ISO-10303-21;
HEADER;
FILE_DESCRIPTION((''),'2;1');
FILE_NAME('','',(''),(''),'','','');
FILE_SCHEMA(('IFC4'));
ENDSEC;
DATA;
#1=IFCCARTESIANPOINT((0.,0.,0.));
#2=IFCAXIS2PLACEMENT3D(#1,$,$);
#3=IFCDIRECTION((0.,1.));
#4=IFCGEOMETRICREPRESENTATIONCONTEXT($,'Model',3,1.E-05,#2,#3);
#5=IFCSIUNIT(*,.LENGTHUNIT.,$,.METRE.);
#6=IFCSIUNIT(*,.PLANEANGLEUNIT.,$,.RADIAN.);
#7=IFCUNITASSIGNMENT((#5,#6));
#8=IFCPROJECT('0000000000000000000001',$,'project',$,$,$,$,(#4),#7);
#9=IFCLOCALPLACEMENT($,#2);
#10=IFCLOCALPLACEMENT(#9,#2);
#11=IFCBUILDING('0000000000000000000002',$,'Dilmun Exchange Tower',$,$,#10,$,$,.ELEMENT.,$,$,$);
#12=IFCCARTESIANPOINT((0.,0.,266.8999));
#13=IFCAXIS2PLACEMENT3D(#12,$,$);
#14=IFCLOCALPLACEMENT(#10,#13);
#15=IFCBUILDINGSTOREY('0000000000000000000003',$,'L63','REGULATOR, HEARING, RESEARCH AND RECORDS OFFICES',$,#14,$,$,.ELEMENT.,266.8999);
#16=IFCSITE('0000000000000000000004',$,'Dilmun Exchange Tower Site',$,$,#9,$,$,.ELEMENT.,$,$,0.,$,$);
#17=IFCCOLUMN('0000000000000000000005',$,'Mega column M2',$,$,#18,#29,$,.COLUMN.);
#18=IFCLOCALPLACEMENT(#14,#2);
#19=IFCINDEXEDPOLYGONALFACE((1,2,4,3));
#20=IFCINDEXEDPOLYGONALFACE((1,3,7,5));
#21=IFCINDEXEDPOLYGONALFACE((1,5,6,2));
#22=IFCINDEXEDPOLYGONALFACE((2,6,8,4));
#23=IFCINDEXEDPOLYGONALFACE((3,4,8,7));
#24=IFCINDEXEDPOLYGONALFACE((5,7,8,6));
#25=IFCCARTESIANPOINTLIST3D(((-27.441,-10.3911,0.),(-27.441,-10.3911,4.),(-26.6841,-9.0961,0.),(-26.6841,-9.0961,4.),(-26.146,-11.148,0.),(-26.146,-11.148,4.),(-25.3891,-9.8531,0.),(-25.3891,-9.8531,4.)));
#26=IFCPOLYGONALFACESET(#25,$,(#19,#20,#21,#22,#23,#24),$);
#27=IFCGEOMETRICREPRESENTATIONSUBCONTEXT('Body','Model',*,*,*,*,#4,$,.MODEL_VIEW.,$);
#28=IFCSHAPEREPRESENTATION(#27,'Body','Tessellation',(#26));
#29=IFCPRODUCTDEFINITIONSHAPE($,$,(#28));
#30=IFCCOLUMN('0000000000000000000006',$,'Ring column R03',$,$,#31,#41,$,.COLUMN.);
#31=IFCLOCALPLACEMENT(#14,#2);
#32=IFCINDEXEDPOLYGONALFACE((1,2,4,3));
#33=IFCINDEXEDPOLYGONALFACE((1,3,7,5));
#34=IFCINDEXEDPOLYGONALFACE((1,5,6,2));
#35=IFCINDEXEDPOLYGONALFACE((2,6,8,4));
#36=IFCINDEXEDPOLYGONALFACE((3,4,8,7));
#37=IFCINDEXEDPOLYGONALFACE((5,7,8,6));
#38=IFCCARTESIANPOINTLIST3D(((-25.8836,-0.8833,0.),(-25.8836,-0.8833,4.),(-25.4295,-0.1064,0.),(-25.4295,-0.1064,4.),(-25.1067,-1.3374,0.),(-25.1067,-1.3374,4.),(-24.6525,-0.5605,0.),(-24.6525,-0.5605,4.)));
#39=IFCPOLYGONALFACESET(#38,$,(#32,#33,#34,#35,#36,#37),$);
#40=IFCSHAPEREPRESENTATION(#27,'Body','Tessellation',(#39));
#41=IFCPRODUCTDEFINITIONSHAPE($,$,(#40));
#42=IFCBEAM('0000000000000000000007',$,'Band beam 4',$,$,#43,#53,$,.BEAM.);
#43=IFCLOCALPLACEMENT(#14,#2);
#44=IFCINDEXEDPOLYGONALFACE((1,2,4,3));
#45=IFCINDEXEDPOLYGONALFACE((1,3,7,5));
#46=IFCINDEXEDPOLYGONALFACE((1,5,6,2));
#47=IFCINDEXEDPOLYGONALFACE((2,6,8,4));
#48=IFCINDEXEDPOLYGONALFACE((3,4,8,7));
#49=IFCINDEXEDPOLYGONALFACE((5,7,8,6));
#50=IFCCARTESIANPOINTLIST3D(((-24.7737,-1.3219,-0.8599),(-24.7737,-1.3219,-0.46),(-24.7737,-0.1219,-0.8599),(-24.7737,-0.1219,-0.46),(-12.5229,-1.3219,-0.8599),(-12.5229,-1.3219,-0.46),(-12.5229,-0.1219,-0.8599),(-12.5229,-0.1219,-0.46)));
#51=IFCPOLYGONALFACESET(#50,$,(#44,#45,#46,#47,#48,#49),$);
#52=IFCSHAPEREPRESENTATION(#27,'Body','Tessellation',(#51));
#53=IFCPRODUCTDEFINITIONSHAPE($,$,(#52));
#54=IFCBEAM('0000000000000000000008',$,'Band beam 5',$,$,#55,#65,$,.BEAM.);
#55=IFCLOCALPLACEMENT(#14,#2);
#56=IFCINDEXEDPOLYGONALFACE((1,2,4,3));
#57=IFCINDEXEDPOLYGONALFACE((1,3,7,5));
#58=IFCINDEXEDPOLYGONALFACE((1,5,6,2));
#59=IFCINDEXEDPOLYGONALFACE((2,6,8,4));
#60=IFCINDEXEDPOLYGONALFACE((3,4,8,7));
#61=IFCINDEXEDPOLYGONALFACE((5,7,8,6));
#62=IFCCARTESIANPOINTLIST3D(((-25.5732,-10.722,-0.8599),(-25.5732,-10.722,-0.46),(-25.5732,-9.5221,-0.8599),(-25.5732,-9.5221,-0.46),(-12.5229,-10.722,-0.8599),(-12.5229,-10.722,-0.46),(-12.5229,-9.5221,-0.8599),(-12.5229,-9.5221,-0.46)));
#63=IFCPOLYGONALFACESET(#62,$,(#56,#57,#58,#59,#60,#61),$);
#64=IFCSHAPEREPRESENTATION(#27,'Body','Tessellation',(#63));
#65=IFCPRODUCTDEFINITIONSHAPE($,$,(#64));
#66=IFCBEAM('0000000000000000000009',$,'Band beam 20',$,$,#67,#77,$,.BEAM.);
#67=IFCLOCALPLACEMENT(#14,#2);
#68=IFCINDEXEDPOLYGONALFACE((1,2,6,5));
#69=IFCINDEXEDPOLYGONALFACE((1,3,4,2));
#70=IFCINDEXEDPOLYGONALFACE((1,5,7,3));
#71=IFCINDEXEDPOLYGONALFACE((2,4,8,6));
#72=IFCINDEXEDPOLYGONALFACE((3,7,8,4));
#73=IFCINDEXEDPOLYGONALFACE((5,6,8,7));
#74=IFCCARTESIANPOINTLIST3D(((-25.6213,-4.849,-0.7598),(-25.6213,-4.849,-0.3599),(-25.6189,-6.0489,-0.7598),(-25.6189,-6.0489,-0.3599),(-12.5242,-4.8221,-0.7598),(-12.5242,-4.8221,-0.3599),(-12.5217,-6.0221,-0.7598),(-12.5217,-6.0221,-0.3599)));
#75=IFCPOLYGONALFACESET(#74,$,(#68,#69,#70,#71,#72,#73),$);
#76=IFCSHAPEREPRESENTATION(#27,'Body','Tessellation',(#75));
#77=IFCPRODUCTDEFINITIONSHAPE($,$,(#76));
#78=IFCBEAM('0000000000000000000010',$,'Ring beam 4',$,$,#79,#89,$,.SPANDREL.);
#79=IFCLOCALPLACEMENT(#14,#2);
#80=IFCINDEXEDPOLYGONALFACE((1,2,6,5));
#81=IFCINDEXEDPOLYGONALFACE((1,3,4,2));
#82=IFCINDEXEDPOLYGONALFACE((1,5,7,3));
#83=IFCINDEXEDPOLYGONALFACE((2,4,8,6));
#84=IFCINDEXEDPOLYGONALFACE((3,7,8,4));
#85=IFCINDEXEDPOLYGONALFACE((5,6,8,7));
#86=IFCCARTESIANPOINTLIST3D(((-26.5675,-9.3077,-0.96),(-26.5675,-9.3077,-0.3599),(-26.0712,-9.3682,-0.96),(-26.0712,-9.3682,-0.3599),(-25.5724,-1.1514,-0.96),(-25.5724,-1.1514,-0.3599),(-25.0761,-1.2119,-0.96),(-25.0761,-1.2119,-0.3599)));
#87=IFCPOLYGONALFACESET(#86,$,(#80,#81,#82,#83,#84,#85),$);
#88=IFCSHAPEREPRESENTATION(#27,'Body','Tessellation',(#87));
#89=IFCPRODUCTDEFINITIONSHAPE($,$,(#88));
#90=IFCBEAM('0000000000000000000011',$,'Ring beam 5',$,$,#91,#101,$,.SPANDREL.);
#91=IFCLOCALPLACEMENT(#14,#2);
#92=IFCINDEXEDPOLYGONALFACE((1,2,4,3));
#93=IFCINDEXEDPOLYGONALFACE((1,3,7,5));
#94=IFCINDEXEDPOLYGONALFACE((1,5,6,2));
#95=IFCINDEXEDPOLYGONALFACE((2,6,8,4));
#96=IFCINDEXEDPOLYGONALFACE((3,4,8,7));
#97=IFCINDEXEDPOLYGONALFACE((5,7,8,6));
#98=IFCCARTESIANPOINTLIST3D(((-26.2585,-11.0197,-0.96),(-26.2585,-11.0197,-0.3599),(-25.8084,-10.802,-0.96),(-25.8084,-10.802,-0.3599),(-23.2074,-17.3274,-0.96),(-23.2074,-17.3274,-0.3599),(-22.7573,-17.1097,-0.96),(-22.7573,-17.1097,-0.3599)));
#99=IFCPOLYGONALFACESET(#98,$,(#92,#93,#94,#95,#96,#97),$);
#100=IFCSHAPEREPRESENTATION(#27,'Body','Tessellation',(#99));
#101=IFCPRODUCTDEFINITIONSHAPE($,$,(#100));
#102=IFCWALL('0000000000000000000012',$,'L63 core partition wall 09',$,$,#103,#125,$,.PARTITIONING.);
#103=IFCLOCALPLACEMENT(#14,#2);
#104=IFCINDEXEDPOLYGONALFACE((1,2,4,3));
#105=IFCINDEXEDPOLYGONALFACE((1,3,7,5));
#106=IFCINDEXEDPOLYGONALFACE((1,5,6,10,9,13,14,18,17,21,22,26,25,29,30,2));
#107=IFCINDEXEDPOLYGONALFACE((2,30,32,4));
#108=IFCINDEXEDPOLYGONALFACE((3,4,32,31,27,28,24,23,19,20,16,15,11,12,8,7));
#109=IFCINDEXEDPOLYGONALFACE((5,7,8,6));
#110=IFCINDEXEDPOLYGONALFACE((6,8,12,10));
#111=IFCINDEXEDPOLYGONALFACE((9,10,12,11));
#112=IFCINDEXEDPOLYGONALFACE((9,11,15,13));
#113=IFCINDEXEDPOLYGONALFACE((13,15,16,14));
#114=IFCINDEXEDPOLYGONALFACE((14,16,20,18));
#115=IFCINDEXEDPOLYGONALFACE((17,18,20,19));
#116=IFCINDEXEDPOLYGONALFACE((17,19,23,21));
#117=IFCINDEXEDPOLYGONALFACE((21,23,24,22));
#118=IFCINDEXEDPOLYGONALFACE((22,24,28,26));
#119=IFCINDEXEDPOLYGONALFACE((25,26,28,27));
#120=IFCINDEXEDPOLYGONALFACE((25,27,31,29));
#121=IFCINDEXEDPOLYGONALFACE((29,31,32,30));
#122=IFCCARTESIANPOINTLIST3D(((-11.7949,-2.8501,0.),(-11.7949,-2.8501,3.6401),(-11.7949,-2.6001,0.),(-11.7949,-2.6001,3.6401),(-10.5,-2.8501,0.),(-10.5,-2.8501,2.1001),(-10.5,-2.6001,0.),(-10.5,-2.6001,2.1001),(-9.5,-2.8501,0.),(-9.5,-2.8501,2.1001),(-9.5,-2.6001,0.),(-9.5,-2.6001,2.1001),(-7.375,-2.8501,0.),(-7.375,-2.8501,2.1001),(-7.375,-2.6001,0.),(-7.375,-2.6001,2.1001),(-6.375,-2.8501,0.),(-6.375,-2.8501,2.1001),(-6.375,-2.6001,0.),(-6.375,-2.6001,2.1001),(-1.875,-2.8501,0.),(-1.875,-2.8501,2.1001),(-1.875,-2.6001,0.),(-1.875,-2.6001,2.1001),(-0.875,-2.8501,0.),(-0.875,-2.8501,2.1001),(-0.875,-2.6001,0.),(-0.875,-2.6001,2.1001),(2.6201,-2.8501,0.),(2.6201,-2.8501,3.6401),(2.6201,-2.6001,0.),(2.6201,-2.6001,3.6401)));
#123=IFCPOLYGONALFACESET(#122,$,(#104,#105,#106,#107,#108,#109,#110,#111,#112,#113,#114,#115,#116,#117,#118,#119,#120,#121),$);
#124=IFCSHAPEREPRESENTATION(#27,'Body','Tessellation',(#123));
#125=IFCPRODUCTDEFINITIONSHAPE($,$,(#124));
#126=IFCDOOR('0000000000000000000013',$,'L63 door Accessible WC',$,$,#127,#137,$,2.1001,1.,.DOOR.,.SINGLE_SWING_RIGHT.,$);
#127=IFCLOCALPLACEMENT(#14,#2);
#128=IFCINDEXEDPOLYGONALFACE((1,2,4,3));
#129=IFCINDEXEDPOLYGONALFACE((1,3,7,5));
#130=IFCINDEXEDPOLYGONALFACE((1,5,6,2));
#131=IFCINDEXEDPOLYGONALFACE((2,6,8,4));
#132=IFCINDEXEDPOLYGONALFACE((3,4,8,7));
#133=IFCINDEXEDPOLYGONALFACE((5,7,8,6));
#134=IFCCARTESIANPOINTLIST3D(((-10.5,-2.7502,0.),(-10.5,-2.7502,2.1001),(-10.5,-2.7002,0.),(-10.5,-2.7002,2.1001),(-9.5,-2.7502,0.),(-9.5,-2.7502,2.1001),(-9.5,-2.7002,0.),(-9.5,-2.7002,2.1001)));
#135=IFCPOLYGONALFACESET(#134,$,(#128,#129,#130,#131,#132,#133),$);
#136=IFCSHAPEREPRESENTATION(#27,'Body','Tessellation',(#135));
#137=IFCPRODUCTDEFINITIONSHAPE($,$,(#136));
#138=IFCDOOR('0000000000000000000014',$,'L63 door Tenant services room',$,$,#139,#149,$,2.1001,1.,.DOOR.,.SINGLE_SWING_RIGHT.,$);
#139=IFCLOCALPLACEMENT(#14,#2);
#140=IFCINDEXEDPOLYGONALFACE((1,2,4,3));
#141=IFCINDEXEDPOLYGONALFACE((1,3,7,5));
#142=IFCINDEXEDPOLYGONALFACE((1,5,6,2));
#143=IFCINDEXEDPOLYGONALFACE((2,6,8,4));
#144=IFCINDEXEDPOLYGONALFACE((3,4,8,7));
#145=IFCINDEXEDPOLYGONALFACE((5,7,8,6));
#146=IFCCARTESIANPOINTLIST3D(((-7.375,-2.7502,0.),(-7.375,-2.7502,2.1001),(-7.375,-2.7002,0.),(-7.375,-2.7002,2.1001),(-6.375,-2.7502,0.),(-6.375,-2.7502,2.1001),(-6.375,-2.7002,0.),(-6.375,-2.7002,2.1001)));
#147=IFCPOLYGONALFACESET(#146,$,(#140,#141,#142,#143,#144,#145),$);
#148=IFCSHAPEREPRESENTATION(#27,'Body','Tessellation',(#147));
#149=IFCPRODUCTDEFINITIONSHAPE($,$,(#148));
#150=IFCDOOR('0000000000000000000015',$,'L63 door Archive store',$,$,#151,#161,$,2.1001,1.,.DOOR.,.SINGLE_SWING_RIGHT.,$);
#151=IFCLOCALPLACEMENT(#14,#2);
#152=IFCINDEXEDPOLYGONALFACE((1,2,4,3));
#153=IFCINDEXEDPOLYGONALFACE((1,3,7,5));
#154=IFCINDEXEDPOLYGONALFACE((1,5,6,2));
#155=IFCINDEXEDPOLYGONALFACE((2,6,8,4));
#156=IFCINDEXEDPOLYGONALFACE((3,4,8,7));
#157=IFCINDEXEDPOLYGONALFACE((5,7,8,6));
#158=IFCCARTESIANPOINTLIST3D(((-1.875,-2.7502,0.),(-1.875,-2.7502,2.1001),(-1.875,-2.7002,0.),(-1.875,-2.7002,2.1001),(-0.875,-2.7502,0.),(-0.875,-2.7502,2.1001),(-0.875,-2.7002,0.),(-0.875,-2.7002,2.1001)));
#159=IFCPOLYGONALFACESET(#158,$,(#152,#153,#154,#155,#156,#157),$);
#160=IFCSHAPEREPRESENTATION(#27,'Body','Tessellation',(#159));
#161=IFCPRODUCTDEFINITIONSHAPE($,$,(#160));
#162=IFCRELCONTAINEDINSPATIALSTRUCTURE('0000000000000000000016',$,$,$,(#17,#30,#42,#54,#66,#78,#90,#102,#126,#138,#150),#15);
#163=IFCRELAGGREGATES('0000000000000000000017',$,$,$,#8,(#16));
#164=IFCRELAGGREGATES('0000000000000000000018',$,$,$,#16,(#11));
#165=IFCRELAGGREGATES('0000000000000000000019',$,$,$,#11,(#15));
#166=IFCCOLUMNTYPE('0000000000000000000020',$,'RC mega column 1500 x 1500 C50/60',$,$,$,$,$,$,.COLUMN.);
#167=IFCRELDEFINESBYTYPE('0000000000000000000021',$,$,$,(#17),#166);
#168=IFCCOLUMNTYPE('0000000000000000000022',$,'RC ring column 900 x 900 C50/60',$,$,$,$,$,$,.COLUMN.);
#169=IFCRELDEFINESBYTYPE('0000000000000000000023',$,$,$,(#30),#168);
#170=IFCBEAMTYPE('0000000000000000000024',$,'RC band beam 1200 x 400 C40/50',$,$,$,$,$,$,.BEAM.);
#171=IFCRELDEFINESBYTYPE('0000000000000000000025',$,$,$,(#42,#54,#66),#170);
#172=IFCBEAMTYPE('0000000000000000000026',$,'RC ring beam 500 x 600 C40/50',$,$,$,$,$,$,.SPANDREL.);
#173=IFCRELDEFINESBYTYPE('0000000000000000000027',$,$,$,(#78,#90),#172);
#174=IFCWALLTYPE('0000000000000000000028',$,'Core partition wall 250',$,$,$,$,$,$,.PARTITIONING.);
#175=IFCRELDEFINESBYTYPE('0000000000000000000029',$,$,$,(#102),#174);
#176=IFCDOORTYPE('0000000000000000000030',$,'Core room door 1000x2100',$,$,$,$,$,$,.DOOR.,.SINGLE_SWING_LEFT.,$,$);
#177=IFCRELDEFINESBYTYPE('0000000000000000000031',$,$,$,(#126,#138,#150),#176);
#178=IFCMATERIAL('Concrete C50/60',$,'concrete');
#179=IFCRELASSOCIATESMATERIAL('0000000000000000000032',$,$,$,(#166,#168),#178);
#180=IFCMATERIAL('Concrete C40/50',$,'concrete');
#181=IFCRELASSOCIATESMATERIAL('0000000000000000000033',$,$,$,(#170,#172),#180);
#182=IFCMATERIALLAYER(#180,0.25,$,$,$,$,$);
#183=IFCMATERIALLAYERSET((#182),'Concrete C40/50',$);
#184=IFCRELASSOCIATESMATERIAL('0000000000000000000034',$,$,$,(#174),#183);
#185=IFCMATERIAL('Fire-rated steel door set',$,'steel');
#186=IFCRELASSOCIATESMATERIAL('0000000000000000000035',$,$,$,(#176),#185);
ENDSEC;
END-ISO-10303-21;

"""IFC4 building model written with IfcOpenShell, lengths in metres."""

from ifc_helpers import new_model, si_unit, direction, frame, frame_2d, origin, origin_2d, place, context, subcontext, project, spatial, rectangle, extrude, material, layer, layer_set, material_profile, profile_set, type_object, element, fill, save


model = new_model("IFC4")

# Units and contexts
model_context = context("Model", 3, precision=1e-05, world=origin(), true_north=direction((0.0, 1.0)))
body_context = subcontext(model_context, "Body", "Model", "MODEL_VIEW")
ifc_project = project(units=[si_unit("LENGTHUNIT", "METRE"), si_unit("PLANEANGLEUNIT", "RADIAN")], contexts=[model_context])

# Site, building, storey
site_placement = place(None, origin())
site = spatial("IfcSite", under=ifc_project, at=site_placement, Name="Dilmun Exchange Tower Site", CompositionType="ELEMENT", RefElevation=0.0)
building_placement = place(site_placement, origin())
building = spatial("IfcBuilding", under=site, at=building_placement, Name="Dilmun Exchange Tower", CompositionType="ELEMENT")
storey_placement = place(building_placement, frame((0.0, 0.0, 266.8999)))
storey = spatial("IfcBuildingStorey", under=building, at=storey_placement, Name="L63", Description="REGULATOR, HEARING, RESEARCH AND RECORDS OFFICES", CompositionType="ELEMENT", Elevation=266.8999)

# Columns
ifc_material_1 = material(Name="Concrete C50/60", Category="concrete")
ifc_material_profile_1 = material_profile(ifc_material_1, rectangle(XDim=1.5, YDim=1.5, at=origin_2d()), Name="1500 x 1500")
ifc_profile_set_1 = profile_set([ifc_material_profile_1], Name="Concrete C50/60")
column_type_1 = type_object("IfcColumnType", Name="RC mega column 1500 x 1500 C50/60", PredefinedType="COLUMN", material=ifc_profile_set_1)
column_1_placement = place(storey_placement, frame((-26.415, -10.1221, 0.0), z_axis=(0.0, 0.0, 1.0), x_axis=(0.504644, 0.863328, 0.0)))
element("IfcColumn", 1, at=column_1_placement, inside=storey, type_object=column_type_1, Name="Mega column M2", PredefinedType="COLUMN", context=body_context, shape_type="SweptSolid", body=[
    extrude(rectangle(XDim=1.5, YDim=1.5, at=origin_2d()), origin(), (0.0, 0.0, 1.0), 4.0),
])
ifc_material_profile_2 = material_profile(ifc_material_1, rectangle(XDim=0.8999, YDim=0.8999, at=origin_2d()), Name="900 x 900")
ifc_profile_set_2 = profile_set([ifc_material_profile_2], Name="Concrete C50/60")
column_type_2 = type_object("IfcColumnType", Name="RC ring column 900 x 900 C50/60", PredefinedType="COLUMN", material=ifc_profile_set_2)
column_2_placement = place(storey_placement, frame((-25.2681, -0.7219, 0.0), z_axis=(0.0, 0.0, 1.0), x_axis=(0.504644, 0.863328, 0.0)))
element("IfcColumn", 2, at=column_2_placement, inside=storey, type_object=column_type_2, Name="Ring column R03", PredefinedType="COLUMN", context=body_context, shape_type="SweptSolid", body=[
    extrude(rectangle(XDim=0.8999, YDim=0.8999, at=origin_2d()), origin(), (0.0, 0.0, 1.0), 4.0),
])

# Beams
ifc_material_2 = material(Name="Concrete C40/50", Category="concrete")
ifc_material_profile_3 = material_profile(ifc_material_2, rectangle(XDim=1.2, YDim=0.3999, at=origin_2d()), Name="1200 x 400")
ifc_profile_set_3 = profile_set([ifc_material_profile_3], Name="Concrete C40/50")
beam_type_1 = type_object("IfcBeamType", Name="RC band beam 1200 x 400 C40/50", PredefinedType="BEAM", material=ifc_profile_set_3)
beam_1_placement = place(storey_placement, frame((-24.7737, -0.7219, -0.6599), z_axis=(1.0, 0.0, 0.0), x_axis=(0.0, 1.0, 0.0)))
element("IfcBeam", 3, at=beam_1_placement, inside=storey, type_object=beam_type_1, Name="Band beam 4", PredefinedType="BEAM", context=body_context, shape_type="SweptSolid", body=[
    extrude(rectangle(XDim=1.2, YDim=0.3999, at=origin_2d()), origin(), (0.0, 0.0, 1.0), 12.2507),
])
beam_2_placement = place(storey_placement, frame((-25.5732, -10.1221, -0.6599), z_axis=(1.0, 0.0, 0.0), x_axis=(0.0, 1.0, 0.0)))
element("IfcBeam", 4, at=beam_2_placement, inside=storey, type_object=beam_type_1, Name="Band beam 5", PredefinedType="BEAM", context=body_context, shape_type="SweptSolid", body=[
    extrude(rectangle(XDim=1.2, YDim=0.3999, at=origin_2d()), origin(), (0.0, 0.0, 1.0), 13.0503),
])
beam_3_placement = place(storey_placement, frame((-25.6201, -5.449, -0.5598), z_axis=(0.999998, 0.00205, 0.0), x_axis=(-0.00205, 0.999998, 0.0)))
element("IfcBeam", 5, at=beam_3_placement, inside=storey, type_object=beam_type_1, Name="Band beam 20", PredefinedType="BEAM", context=body_context, shape_type="SweptSolid", body=[
    extrude(rectangle(XDim=1.2, YDim=0.3999, at=origin_2d()), origin(), (0.0, 0.0, 1.0), 13.0972),
])
ifc_material_profile_4 = material_profile(ifc_material_2, rectangle(XDim=0.5, YDim=0.6001, at=origin_2d()), Name="500 x 600")
ifc_profile_set_4 = profile_set([ifc_material_profile_4], Name="Concrete C40/50")
beam_type_2 = type_object("IfcBeamType", Name="RC ring beam 500 x 600 C40/50", PredefinedType="SPANDREL", material=ifc_profile_set_4)
beam_4_placement = place(storey_placement, frame((-25.3242, -1.1816, -0.6599), z_axis=(-0.121109, -0.992639, 0.0), x_axis=(0.992639, -0.121109, 0.0)))
element("IfcBeam", 6, at=beam_4_placement, inside=storey, type_object=beam_type_2, Name="Ring beam 4", PredefinedType="SPANDREL", context=body_context, shape_type="SweptSolid", body=[
    extrude(rectangle(XDim=0.5, YDim=0.6001, at=origin_2d()), origin(), (0.0, 0.0, 1.0), 8.2168),
])
beam_5_placement = place(storey_placement, frame((-26.0334, -10.9109, -0.6599), z_axis=(0.43544, -0.900218, 0.0), x_axis=(0.900218, 0.43544, 0.0)))
element("IfcBeam", 7, at=beam_5_placement, inside=storey, type_object=beam_type_2, Name="Ring beam 5", PredefinedType="SPANDREL", context=body_context, shape_type="SweptSolid", body=[
    extrude(rectangle(XDim=0.5, YDim=0.6001, at=origin_2d()), origin(), (0.0, 0.0, 1.0), 7.0068),
])

# Wall, openings, doors
ifc_layer_1 = layer(ifc_material_2, 0.25)
ifc_layer_set_1 = layer_set([ifc_layer_1], Name="Concrete C40/50")
wall_type_1 = type_object("IfcWallType", Name="Core partition wall 250", PredefinedType="PARTITIONING", material=ifc_layer_set_1)
wall_1_placement = place(storey_placement, frame((-11.7949, -2.7251, 0.0), z_axis=(0.0, 0.0, 1.0), x_axis=(1.0, 0.0, 0.0)))
wall_1 = element("IfcWall", 8, at=wall_1_placement, inside=storey, type_object=wall_type_1, Name="L63 core partition wall 09", PredefinedType="PARTITIONING", context=body_context, shape_type="SweptSolid", body=[
    extrude(rectangle(XDim=14.415, YDim=0.25, at=frame_2d((7.2075, 0.0))), origin(), (0.0, 0.0, 1.0), 3.6401),
])
opening_1_placement = place(wall_1_placement, frame((1.2949, 0.0, 0.0)))
opening_1 = element("IfcOpeningElement", 9, at=opening_1_placement, cuts=wall_1, PredefinedType="OPENING", context=body_context, shape_type="SweptSolid", body=[
    extrude(rectangle(XDim=1.0, YDim=2.1001, at=frame_2d((0.5, 1.05))), frame((0.0, 0.135, 0.0), z_axis=(0.0, -1.0, 0.0), x_axis=(1.0, 0.0, 0.0)), (0.0, 0.0, 1.0), 0.27),
])
opening_2_placement = place(wall_1_placement, frame((4.4199, 0.0, 0.0)))
opening_2 = element("IfcOpeningElement", 10, at=opening_2_placement, cuts=wall_1, PredefinedType="OPENING", context=body_context, shape_type="SweptSolid", body=[
    extrude(rectangle(XDim=1.0, YDim=2.1001, at=frame_2d((0.5, 1.05))), frame((0.0, 0.135, 0.0), z_axis=(0.0, -1.0, 0.0), x_axis=(1.0, 0.0, 0.0)), (0.0, 0.0, 1.0), 0.27),
])
opening_3_placement = place(wall_1_placement, frame((9.9199, 0.0, 0.0)))
opening_3 = element("IfcOpeningElement", 11, at=opening_3_placement, cuts=wall_1, PredefinedType="OPENING", context=body_context, shape_type="SweptSolid", body=[
    extrude(rectangle(XDim=1.0, YDim=2.1001, at=frame_2d((0.5, 1.05))), frame((0.0, 0.135, 0.0), z_axis=(0.0, -1.0, 0.0), x_axis=(1.0, 0.0, 0.0)), (0.0, 0.0, 1.0), 0.27),
])
ifc_material_3 = material(Name="Fire-rated steel door set", Category="steel")
door_type_1 = type_object("IfcDoorType", Name="Core room door 1000x2100", OperationType="SINGLE_SWING_LEFT", PredefinedType="DOOR", material=ifc_material_3)
door_1_placement = place(opening_1_placement, origin())
door_1 = element("IfcDoor", 12, at=door_1_placement, inside=storey, type_object=door_type_1, Name="L63 door Accessible WC", OperationType="SINGLE_SWING_RIGHT", OverallHeight=2.1001, OverallWidth=1.0, PredefinedType="DOOR", context=body_context, shape_type="SweptSolid", body=[
    extrude(rectangle(XDim=1.0, YDim=2.1001, at=frame_2d((0.5, 1.05))), frame((0.0, 0.0249, 0.0), z_axis=(0.0, -1.0, 0.0), x_axis=(1.0, 0.0, 0.0)), (0.0, 0.0, 1.0), 0.05),
])
fill(opening_1, door_1)
door_2_placement = place(opening_2_placement, origin())
door_2 = element("IfcDoor", 13, at=door_2_placement, inside=storey, type_object=door_type_1, Name="L63 door Tenant services room", OperationType="SINGLE_SWING_RIGHT", OverallHeight=2.1001, OverallWidth=1.0, PredefinedType="DOOR", context=body_context, shape_type="SweptSolid", body=[
    extrude(rectangle(XDim=1.0, YDim=2.1001, at=frame_2d((0.5, 1.05))), frame((0.0, 0.0249, 0.0), z_axis=(0.0, -1.0, 0.0), x_axis=(1.0, 0.0, 0.0)), (0.0, 0.0, 1.0), 0.05),
])
fill(opening_2, door_2)
door_3_placement = place(opening_3_placement, origin())
door_3 = element("IfcDoor", 14, at=door_3_placement, inside=storey, type_object=door_type_1, Name="L63 door Archive store", OperationType="SINGLE_SWING_RIGHT", OverallHeight=2.1001, OverallWidth=1.0, PredefinedType="DOOR", context=body_context, shape_type="SweptSolid", body=[
    extrude(rectangle(XDim=1.0, YDim=2.1001, at=frame_2d((0.5, 1.05))), frame((0.0, 0.0249, 0.0), z_axis=(0.0, -1.0, 0.0), x_axis=(1.0, 0.0, 0.0)), (0.0, 0.0, 1.0), 0.05),
])
fill(opening_3, door_3)

save(model, "model.ifc")
